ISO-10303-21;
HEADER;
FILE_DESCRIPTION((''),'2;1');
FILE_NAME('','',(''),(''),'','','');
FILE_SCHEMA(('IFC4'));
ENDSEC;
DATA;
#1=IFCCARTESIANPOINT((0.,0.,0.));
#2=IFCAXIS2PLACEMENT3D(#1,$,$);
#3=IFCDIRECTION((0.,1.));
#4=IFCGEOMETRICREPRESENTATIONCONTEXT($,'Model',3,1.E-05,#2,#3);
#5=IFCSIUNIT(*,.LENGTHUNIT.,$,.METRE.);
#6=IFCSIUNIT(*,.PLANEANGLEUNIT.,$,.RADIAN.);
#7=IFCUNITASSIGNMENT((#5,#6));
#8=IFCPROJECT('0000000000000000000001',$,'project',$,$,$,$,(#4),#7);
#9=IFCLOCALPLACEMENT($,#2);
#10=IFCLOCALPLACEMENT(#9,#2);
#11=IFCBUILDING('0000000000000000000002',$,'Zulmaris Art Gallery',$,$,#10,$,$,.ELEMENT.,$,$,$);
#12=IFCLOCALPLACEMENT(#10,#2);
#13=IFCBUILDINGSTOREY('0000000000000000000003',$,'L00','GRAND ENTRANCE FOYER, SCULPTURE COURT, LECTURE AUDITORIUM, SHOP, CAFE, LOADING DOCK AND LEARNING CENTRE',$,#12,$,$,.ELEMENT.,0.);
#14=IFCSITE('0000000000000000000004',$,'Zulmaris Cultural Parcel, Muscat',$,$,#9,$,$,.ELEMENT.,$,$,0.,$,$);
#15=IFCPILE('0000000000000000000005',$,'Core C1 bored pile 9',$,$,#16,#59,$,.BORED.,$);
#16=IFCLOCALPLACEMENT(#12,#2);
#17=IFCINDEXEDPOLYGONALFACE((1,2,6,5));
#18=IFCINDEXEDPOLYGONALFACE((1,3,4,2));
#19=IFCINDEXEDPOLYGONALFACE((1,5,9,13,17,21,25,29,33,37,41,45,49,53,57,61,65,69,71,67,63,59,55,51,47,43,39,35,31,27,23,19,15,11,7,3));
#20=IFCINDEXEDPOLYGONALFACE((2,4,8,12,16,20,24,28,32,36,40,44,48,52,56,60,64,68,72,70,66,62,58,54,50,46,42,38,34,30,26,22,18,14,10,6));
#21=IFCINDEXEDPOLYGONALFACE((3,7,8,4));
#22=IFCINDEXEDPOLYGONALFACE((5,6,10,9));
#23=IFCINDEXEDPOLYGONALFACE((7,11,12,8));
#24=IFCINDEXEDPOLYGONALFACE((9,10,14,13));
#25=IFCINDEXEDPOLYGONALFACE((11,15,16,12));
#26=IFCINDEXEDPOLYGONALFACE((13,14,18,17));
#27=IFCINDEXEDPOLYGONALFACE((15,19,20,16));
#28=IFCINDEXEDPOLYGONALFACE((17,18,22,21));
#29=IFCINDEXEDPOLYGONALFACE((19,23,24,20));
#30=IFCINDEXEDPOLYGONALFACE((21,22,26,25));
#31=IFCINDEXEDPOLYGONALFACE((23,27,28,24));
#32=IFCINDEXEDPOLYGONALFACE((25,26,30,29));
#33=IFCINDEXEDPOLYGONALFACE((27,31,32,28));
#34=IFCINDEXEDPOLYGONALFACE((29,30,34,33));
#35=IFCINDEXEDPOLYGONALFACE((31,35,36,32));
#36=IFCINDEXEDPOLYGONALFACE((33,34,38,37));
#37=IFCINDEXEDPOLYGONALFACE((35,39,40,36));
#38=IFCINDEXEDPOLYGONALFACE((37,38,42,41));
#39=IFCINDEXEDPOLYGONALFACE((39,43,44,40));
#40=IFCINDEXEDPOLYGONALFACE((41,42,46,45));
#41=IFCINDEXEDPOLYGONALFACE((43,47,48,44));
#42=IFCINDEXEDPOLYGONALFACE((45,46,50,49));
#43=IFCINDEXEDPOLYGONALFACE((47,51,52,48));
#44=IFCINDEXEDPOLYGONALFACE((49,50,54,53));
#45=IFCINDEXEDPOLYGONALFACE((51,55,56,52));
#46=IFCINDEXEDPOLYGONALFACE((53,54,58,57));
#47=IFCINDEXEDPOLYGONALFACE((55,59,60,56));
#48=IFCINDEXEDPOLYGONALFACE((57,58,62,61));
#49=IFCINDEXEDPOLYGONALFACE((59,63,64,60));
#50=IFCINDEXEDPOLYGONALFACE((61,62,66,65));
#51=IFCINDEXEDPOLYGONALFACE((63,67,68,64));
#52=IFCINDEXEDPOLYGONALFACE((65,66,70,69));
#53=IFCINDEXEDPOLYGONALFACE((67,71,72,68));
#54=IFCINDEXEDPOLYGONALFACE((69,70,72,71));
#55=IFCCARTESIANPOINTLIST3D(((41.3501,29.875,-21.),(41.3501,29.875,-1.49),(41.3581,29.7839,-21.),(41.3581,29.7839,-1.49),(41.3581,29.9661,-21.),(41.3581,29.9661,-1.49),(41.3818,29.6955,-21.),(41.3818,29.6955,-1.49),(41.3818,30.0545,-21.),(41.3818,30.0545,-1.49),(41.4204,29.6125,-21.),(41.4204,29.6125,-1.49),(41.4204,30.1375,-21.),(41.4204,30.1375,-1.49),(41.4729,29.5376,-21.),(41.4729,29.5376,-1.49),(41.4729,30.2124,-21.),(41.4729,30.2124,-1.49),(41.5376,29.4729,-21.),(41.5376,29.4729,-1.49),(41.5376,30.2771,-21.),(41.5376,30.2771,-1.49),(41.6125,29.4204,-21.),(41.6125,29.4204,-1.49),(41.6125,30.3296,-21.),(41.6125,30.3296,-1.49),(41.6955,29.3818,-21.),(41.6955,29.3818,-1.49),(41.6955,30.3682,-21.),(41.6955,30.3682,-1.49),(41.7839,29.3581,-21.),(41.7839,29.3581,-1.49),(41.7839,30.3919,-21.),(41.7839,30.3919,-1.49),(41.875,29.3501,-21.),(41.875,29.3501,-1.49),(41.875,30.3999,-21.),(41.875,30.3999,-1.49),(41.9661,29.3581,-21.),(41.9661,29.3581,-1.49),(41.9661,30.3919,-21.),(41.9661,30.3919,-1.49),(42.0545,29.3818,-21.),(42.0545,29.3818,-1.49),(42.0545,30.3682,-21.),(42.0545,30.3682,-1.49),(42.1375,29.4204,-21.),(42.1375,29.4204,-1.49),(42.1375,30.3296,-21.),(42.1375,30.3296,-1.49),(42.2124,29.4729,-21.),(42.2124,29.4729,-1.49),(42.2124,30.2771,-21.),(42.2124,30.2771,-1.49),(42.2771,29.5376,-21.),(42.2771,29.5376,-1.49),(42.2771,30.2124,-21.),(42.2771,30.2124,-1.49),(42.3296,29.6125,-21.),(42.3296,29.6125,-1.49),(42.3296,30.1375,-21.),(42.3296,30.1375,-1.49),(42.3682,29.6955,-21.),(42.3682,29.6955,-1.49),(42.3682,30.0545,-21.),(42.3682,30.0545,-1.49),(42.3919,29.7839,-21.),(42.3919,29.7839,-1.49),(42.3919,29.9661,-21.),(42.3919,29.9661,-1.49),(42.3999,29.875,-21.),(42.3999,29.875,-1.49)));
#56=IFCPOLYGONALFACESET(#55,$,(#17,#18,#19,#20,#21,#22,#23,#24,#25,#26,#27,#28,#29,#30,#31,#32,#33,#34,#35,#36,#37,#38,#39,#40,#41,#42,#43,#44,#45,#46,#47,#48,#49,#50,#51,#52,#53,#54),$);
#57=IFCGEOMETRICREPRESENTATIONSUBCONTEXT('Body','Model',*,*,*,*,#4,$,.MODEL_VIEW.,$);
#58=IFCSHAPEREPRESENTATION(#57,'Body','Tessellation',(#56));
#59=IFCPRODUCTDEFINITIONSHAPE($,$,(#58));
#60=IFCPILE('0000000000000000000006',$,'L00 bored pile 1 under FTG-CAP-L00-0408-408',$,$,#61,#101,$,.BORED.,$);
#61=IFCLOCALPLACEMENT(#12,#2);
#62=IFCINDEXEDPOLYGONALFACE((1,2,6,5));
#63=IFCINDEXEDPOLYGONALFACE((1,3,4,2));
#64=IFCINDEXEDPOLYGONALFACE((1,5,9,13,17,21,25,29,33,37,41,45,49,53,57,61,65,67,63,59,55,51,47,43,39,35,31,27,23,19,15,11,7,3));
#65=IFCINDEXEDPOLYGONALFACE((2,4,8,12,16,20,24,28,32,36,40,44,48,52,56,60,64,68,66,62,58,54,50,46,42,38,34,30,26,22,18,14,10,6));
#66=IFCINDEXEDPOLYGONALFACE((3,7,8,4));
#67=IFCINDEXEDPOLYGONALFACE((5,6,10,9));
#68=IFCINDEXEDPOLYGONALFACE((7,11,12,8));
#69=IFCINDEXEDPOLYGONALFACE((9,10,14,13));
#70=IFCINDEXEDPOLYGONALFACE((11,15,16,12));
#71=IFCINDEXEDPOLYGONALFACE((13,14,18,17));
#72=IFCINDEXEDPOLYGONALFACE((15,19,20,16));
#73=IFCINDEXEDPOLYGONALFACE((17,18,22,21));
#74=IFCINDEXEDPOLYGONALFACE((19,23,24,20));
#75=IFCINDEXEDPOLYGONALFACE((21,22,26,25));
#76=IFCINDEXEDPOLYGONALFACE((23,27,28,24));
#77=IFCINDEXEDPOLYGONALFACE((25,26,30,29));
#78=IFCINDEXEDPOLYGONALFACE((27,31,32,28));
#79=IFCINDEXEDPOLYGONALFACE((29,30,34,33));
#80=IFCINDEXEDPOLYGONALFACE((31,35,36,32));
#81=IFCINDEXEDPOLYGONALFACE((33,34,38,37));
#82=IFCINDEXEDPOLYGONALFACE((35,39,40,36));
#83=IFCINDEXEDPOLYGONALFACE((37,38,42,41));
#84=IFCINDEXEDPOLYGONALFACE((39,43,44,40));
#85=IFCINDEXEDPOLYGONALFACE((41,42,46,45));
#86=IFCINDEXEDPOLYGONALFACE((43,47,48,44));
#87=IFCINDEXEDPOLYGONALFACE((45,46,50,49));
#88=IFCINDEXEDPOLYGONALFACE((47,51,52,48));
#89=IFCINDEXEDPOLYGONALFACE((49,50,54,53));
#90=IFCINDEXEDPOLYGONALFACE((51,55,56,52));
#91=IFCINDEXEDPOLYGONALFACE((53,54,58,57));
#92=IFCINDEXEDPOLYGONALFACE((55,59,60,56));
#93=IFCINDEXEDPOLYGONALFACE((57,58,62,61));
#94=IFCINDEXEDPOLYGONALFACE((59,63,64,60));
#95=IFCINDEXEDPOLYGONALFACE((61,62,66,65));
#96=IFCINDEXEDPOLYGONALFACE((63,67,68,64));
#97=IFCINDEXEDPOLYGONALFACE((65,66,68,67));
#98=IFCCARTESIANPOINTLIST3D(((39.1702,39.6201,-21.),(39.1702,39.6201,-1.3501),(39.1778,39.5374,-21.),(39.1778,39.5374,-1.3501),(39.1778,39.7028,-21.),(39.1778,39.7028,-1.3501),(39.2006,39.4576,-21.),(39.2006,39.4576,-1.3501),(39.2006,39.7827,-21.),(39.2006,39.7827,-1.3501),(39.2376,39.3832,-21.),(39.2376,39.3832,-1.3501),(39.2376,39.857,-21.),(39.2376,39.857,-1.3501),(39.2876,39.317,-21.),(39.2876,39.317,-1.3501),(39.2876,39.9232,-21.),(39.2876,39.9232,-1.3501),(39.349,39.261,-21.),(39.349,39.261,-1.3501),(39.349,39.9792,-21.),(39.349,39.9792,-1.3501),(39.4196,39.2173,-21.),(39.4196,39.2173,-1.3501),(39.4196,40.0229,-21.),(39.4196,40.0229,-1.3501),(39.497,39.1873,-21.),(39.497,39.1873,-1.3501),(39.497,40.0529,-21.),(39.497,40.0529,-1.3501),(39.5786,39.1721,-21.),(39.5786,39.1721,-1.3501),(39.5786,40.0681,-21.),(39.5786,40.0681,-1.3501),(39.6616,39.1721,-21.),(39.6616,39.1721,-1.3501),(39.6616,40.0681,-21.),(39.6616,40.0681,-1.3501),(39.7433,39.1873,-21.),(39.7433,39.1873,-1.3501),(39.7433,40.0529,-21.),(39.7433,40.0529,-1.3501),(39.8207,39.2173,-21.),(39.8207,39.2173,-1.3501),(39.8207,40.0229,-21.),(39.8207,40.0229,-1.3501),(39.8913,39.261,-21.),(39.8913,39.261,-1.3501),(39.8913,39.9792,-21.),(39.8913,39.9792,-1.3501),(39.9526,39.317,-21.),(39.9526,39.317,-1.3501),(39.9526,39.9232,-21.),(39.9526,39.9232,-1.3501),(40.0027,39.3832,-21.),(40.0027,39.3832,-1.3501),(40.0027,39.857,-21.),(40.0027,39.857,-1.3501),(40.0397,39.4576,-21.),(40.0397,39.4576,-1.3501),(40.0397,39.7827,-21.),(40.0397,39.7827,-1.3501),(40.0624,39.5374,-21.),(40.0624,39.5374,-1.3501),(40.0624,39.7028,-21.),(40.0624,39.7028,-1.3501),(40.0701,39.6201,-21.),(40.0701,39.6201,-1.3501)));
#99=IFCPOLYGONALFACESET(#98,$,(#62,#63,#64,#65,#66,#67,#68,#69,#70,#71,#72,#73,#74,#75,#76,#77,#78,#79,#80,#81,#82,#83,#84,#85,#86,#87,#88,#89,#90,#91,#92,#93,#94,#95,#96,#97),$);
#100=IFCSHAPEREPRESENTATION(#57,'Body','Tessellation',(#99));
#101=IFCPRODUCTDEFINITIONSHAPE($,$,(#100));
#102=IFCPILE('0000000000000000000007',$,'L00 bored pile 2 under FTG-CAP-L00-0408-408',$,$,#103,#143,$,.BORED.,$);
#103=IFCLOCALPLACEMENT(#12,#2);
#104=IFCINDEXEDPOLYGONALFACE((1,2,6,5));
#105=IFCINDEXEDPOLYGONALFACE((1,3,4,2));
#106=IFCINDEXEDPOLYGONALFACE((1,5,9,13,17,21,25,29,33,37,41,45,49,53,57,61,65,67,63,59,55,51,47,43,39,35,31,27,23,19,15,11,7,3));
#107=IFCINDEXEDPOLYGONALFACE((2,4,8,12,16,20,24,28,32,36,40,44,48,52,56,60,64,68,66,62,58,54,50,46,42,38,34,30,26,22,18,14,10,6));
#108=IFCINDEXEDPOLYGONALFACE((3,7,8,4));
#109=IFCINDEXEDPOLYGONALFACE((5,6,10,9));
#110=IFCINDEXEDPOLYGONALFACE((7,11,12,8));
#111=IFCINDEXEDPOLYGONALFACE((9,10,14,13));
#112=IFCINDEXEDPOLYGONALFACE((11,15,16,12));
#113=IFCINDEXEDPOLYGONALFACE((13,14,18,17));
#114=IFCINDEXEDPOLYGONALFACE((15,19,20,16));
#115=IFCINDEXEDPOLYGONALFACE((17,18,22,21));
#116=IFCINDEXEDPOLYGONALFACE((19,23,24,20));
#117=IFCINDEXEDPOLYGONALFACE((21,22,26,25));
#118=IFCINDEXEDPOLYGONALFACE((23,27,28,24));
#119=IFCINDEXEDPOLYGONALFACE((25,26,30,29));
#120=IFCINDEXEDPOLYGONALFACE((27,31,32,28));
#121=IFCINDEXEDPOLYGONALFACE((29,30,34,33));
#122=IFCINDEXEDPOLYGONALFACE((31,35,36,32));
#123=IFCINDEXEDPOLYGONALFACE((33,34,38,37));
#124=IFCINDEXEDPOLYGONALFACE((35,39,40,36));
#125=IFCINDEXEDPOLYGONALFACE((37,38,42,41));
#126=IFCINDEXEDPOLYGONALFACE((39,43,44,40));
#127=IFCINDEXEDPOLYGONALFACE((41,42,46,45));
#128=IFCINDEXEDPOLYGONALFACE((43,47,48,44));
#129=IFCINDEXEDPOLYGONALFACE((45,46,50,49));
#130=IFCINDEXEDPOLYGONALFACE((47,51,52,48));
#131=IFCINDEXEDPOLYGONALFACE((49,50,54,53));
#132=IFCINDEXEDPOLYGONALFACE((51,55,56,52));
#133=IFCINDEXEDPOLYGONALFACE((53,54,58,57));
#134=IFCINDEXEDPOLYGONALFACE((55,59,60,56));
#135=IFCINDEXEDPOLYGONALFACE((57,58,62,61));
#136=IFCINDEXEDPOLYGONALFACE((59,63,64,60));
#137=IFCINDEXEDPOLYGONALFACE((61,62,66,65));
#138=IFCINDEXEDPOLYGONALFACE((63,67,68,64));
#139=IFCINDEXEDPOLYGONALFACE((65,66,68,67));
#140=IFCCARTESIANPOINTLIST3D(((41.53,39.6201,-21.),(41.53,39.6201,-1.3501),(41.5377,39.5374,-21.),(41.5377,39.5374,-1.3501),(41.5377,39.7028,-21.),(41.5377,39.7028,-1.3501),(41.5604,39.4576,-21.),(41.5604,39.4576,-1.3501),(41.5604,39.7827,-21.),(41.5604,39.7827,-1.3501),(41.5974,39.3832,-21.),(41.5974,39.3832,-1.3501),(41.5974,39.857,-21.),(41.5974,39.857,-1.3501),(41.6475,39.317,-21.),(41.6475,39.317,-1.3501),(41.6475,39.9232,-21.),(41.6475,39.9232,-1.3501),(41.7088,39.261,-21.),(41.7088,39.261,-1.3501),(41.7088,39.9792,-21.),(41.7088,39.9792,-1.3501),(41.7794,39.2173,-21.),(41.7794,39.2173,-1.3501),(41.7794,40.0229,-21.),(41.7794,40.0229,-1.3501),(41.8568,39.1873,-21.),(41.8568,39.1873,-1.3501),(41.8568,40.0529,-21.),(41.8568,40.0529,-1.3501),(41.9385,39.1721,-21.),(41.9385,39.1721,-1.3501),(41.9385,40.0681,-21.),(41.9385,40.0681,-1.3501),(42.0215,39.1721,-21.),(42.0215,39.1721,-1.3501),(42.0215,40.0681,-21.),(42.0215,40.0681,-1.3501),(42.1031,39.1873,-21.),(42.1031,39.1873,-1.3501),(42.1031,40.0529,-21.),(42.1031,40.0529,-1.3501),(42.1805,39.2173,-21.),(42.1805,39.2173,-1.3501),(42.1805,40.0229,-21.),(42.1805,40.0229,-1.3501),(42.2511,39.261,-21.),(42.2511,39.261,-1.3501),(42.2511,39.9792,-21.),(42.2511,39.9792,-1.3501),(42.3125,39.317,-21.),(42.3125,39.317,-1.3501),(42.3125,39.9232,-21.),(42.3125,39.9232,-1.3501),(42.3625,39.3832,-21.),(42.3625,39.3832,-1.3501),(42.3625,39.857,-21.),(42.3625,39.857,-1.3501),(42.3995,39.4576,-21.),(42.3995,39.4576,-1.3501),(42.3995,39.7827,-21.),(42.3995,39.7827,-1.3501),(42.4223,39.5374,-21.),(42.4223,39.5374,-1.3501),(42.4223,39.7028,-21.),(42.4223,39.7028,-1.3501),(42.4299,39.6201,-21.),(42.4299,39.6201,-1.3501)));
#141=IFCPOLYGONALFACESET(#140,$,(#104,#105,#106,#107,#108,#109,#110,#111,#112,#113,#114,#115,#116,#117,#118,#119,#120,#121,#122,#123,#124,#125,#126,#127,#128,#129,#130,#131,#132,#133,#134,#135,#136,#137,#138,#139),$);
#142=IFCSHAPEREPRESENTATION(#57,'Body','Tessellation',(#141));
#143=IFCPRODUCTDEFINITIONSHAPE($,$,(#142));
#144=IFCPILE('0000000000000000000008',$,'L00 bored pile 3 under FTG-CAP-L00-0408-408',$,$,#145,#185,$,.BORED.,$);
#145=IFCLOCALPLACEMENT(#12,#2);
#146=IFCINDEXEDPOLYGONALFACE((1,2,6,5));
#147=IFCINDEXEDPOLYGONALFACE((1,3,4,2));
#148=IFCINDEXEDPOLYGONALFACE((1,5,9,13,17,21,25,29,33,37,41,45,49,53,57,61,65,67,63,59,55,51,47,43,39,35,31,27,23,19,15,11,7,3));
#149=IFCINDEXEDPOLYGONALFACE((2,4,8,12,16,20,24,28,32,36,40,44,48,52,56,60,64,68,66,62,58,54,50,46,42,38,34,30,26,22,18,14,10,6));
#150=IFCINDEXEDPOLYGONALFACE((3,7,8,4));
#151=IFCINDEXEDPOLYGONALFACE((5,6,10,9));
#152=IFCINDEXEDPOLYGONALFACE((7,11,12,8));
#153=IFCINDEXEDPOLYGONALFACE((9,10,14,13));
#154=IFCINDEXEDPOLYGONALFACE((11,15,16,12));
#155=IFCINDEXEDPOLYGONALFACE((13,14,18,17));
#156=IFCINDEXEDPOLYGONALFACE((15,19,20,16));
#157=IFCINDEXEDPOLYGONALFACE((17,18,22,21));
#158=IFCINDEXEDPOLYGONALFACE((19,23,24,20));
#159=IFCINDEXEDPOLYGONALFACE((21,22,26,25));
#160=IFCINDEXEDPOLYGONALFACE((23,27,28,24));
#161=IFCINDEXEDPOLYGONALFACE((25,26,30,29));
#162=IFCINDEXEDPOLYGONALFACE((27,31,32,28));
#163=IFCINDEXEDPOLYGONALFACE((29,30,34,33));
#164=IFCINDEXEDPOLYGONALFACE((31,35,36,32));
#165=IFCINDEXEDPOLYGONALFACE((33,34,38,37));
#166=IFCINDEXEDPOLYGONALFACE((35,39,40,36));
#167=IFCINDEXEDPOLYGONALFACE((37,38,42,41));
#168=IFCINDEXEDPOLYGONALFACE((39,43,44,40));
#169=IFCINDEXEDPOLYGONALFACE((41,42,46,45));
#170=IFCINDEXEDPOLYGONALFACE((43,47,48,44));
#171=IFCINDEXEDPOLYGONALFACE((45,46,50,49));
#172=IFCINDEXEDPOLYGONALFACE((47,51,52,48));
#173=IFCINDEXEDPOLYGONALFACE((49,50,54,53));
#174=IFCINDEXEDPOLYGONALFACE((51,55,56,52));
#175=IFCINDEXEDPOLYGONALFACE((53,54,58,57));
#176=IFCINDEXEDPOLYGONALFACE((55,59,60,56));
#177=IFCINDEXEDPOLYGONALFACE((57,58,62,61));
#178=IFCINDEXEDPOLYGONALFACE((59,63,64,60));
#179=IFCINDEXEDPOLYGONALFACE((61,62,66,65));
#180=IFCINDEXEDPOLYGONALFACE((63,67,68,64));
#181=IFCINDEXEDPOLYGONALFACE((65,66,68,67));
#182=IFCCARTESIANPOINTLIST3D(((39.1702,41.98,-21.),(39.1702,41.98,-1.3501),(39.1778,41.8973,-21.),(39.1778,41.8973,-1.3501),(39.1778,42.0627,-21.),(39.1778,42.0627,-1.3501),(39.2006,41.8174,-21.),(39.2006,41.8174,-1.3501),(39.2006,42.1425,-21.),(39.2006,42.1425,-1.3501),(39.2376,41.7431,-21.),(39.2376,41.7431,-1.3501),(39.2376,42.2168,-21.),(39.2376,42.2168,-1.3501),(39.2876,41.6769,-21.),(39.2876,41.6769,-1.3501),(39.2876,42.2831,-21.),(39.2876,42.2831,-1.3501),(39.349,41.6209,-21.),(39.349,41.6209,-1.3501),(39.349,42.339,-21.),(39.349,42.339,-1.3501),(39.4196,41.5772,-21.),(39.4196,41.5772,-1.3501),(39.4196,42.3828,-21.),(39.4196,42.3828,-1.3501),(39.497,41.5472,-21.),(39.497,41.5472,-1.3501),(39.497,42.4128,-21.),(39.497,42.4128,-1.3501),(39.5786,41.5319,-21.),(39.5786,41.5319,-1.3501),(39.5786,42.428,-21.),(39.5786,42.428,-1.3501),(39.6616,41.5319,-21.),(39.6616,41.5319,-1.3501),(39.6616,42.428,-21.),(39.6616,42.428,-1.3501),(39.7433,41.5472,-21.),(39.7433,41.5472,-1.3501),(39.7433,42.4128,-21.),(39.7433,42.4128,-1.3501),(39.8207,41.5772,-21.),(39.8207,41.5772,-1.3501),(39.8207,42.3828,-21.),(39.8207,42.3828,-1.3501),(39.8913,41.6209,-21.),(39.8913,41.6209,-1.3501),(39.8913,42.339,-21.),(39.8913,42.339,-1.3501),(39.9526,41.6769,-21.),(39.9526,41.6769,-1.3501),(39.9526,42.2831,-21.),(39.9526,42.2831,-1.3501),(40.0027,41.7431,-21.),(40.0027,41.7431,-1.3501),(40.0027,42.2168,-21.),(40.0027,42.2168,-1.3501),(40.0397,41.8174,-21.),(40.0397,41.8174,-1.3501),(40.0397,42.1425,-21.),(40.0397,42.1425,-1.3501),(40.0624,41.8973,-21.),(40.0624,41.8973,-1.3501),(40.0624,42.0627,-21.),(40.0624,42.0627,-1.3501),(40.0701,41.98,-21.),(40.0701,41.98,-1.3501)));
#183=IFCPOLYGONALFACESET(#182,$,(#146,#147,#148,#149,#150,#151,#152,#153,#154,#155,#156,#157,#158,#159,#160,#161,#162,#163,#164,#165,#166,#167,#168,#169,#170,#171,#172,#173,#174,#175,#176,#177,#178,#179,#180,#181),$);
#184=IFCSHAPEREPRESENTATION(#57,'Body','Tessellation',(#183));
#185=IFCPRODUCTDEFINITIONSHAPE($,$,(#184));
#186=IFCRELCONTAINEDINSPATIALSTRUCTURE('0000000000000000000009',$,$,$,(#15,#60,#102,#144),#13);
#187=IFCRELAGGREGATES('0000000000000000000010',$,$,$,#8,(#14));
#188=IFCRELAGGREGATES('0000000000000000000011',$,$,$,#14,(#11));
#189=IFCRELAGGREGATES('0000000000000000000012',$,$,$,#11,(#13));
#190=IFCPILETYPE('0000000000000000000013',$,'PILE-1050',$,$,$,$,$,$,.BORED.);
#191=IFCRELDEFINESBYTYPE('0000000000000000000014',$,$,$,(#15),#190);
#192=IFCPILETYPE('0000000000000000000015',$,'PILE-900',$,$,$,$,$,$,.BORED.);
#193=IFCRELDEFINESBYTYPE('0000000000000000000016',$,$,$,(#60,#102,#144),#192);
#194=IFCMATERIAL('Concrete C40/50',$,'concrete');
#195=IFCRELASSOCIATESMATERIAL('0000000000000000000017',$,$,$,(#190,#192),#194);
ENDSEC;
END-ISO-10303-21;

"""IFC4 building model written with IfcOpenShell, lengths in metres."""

from ifc_helpers import new_model, si_unit, direction, frame, origin, origin_2d, place, context, subcontext, project, spatial, circle, extrude, material, material_profile, profile_set, type_object, element, save


model = new_model("IFC4")

# Units and contexts
model_context = context("Model", 3, precision=1e-05, world=origin(), true_north=direction((0.0, 1.0)))
body_context = subcontext(model_context, "Body", "Model", "MODEL_VIEW")
ifc_project = project(units=[si_unit("LENGTHUNIT", "METRE"), si_unit("PLANEANGLEUNIT", "RADIAN")], contexts=[model_context])

# Site, building, storey
site_placement = place(None, origin())
site = spatial("IfcSite", under=ifc_project, at=site_placement, Name="Zulmaris Cultural Parcel, Muscat", CompositionType="ELEMENT", RefElevation=0.0)
building_placement = place(site_placement, origin())
building = spatial("IfcBuilding", under=site, at=building_placement, Name="Zulmaris Art Gallery", CompositionType="ELEMENT")
storey_placement = place(building_placement, origin())
storey = spatial("IfcBuildingStorey", under=building, at=storey_placement, Name="L00", Description="GRAND ENTRANCE FOYER, SCULPTURE COURT, LECTURE AUDITORIUM, SHOP, CAFE, LOADING DOCK AND LEARNING CENTRE", CompositionType="ELEMENT", Elevation=0.0)

# Piles
ifc_material_1 = material(Name="Concrete C40/50", Category="concrete")
ifc_material_profile_1 = material_profile(ifc_material_1, circle(Radius=0.5249, at=origin_2d()), Name="PILE DIA 1050")
ifc_profile_set_1 = profile_set([ifc_material_profile_1], Name="Concrete C40/50")
pile_type_1 = type_object("IfcPileType", Name="PILE-1050", PredefinedType="BORED", material=ifc_profile_set_1)
pile_placement = place(storey_placement, frame((41.875, 29.875, -1.49), z_axis=(0.0, 0.0, -1.0), x_axis=(1.0, 0.0, 0.0)))
element("IfcPile", 1, at=pile_placement, inside=storey, type_object=pile_type_1, Name="Core C1 bored pile 9", PredefinedType="BORED", context=body_context, shape_type="SweptSolid", body=[
    extrude(circle(Radius=0.5249, at=origin_2d()), origin(), (0.0, 0.0, 1.0), 19.51),
])
ifc_material_profile_2 = material_profile(ifc_material_1, circle(Radius=0.45, at=origin_2d()), Name="PILE DIA 900")
ifc_profile_set_2 = profile_set([ifc_material_profile_2], Name="Concrete C40/50")
pile_type_2 = type_object("IfcPileType", Name="PILE-900", PredefinedType="BORED", material=ifc_profile_set_2)
for number, where, z_axis, x_axis, name in (
    (2, (39.6201, 39.6201, -1.3501), (0.0, 0.0, -1.0), (1.0, 0.0, 0.0), "L00 bored pile 1 under FTG-CAP-L00-0408-408"),
    (3, (41.98, 39.6201, -1.3501), (0.0, 0.0, -1.0), (1.0, 0.0, 0.0), "L00 bored pile 2 under FTG-CAP-L00-0408-408"),
    (4, (39.6201, 41.98, -1.3501), (0.0, 0.0, -1.0), (1.0, 0.0, 0.0), "L00 bored pile 3 under FTG-CAP-L00-0408-408"),
):
    element("IfcPile", number, at=place(storey_placement, frame(where, z_axis=z_axis, x_axis=x_axis)), inside=storey, type_object=pile_type_2, Name=name, PredefinedType="BORED", context=body_context, shape_type="SweptSolid", body=[
        extrude(circle(Radius=0.45, at=origin_2d()), origin(), (0.0, 0.0, 1.0), 19.6499),
    ])

save(model, "model.ifc")
